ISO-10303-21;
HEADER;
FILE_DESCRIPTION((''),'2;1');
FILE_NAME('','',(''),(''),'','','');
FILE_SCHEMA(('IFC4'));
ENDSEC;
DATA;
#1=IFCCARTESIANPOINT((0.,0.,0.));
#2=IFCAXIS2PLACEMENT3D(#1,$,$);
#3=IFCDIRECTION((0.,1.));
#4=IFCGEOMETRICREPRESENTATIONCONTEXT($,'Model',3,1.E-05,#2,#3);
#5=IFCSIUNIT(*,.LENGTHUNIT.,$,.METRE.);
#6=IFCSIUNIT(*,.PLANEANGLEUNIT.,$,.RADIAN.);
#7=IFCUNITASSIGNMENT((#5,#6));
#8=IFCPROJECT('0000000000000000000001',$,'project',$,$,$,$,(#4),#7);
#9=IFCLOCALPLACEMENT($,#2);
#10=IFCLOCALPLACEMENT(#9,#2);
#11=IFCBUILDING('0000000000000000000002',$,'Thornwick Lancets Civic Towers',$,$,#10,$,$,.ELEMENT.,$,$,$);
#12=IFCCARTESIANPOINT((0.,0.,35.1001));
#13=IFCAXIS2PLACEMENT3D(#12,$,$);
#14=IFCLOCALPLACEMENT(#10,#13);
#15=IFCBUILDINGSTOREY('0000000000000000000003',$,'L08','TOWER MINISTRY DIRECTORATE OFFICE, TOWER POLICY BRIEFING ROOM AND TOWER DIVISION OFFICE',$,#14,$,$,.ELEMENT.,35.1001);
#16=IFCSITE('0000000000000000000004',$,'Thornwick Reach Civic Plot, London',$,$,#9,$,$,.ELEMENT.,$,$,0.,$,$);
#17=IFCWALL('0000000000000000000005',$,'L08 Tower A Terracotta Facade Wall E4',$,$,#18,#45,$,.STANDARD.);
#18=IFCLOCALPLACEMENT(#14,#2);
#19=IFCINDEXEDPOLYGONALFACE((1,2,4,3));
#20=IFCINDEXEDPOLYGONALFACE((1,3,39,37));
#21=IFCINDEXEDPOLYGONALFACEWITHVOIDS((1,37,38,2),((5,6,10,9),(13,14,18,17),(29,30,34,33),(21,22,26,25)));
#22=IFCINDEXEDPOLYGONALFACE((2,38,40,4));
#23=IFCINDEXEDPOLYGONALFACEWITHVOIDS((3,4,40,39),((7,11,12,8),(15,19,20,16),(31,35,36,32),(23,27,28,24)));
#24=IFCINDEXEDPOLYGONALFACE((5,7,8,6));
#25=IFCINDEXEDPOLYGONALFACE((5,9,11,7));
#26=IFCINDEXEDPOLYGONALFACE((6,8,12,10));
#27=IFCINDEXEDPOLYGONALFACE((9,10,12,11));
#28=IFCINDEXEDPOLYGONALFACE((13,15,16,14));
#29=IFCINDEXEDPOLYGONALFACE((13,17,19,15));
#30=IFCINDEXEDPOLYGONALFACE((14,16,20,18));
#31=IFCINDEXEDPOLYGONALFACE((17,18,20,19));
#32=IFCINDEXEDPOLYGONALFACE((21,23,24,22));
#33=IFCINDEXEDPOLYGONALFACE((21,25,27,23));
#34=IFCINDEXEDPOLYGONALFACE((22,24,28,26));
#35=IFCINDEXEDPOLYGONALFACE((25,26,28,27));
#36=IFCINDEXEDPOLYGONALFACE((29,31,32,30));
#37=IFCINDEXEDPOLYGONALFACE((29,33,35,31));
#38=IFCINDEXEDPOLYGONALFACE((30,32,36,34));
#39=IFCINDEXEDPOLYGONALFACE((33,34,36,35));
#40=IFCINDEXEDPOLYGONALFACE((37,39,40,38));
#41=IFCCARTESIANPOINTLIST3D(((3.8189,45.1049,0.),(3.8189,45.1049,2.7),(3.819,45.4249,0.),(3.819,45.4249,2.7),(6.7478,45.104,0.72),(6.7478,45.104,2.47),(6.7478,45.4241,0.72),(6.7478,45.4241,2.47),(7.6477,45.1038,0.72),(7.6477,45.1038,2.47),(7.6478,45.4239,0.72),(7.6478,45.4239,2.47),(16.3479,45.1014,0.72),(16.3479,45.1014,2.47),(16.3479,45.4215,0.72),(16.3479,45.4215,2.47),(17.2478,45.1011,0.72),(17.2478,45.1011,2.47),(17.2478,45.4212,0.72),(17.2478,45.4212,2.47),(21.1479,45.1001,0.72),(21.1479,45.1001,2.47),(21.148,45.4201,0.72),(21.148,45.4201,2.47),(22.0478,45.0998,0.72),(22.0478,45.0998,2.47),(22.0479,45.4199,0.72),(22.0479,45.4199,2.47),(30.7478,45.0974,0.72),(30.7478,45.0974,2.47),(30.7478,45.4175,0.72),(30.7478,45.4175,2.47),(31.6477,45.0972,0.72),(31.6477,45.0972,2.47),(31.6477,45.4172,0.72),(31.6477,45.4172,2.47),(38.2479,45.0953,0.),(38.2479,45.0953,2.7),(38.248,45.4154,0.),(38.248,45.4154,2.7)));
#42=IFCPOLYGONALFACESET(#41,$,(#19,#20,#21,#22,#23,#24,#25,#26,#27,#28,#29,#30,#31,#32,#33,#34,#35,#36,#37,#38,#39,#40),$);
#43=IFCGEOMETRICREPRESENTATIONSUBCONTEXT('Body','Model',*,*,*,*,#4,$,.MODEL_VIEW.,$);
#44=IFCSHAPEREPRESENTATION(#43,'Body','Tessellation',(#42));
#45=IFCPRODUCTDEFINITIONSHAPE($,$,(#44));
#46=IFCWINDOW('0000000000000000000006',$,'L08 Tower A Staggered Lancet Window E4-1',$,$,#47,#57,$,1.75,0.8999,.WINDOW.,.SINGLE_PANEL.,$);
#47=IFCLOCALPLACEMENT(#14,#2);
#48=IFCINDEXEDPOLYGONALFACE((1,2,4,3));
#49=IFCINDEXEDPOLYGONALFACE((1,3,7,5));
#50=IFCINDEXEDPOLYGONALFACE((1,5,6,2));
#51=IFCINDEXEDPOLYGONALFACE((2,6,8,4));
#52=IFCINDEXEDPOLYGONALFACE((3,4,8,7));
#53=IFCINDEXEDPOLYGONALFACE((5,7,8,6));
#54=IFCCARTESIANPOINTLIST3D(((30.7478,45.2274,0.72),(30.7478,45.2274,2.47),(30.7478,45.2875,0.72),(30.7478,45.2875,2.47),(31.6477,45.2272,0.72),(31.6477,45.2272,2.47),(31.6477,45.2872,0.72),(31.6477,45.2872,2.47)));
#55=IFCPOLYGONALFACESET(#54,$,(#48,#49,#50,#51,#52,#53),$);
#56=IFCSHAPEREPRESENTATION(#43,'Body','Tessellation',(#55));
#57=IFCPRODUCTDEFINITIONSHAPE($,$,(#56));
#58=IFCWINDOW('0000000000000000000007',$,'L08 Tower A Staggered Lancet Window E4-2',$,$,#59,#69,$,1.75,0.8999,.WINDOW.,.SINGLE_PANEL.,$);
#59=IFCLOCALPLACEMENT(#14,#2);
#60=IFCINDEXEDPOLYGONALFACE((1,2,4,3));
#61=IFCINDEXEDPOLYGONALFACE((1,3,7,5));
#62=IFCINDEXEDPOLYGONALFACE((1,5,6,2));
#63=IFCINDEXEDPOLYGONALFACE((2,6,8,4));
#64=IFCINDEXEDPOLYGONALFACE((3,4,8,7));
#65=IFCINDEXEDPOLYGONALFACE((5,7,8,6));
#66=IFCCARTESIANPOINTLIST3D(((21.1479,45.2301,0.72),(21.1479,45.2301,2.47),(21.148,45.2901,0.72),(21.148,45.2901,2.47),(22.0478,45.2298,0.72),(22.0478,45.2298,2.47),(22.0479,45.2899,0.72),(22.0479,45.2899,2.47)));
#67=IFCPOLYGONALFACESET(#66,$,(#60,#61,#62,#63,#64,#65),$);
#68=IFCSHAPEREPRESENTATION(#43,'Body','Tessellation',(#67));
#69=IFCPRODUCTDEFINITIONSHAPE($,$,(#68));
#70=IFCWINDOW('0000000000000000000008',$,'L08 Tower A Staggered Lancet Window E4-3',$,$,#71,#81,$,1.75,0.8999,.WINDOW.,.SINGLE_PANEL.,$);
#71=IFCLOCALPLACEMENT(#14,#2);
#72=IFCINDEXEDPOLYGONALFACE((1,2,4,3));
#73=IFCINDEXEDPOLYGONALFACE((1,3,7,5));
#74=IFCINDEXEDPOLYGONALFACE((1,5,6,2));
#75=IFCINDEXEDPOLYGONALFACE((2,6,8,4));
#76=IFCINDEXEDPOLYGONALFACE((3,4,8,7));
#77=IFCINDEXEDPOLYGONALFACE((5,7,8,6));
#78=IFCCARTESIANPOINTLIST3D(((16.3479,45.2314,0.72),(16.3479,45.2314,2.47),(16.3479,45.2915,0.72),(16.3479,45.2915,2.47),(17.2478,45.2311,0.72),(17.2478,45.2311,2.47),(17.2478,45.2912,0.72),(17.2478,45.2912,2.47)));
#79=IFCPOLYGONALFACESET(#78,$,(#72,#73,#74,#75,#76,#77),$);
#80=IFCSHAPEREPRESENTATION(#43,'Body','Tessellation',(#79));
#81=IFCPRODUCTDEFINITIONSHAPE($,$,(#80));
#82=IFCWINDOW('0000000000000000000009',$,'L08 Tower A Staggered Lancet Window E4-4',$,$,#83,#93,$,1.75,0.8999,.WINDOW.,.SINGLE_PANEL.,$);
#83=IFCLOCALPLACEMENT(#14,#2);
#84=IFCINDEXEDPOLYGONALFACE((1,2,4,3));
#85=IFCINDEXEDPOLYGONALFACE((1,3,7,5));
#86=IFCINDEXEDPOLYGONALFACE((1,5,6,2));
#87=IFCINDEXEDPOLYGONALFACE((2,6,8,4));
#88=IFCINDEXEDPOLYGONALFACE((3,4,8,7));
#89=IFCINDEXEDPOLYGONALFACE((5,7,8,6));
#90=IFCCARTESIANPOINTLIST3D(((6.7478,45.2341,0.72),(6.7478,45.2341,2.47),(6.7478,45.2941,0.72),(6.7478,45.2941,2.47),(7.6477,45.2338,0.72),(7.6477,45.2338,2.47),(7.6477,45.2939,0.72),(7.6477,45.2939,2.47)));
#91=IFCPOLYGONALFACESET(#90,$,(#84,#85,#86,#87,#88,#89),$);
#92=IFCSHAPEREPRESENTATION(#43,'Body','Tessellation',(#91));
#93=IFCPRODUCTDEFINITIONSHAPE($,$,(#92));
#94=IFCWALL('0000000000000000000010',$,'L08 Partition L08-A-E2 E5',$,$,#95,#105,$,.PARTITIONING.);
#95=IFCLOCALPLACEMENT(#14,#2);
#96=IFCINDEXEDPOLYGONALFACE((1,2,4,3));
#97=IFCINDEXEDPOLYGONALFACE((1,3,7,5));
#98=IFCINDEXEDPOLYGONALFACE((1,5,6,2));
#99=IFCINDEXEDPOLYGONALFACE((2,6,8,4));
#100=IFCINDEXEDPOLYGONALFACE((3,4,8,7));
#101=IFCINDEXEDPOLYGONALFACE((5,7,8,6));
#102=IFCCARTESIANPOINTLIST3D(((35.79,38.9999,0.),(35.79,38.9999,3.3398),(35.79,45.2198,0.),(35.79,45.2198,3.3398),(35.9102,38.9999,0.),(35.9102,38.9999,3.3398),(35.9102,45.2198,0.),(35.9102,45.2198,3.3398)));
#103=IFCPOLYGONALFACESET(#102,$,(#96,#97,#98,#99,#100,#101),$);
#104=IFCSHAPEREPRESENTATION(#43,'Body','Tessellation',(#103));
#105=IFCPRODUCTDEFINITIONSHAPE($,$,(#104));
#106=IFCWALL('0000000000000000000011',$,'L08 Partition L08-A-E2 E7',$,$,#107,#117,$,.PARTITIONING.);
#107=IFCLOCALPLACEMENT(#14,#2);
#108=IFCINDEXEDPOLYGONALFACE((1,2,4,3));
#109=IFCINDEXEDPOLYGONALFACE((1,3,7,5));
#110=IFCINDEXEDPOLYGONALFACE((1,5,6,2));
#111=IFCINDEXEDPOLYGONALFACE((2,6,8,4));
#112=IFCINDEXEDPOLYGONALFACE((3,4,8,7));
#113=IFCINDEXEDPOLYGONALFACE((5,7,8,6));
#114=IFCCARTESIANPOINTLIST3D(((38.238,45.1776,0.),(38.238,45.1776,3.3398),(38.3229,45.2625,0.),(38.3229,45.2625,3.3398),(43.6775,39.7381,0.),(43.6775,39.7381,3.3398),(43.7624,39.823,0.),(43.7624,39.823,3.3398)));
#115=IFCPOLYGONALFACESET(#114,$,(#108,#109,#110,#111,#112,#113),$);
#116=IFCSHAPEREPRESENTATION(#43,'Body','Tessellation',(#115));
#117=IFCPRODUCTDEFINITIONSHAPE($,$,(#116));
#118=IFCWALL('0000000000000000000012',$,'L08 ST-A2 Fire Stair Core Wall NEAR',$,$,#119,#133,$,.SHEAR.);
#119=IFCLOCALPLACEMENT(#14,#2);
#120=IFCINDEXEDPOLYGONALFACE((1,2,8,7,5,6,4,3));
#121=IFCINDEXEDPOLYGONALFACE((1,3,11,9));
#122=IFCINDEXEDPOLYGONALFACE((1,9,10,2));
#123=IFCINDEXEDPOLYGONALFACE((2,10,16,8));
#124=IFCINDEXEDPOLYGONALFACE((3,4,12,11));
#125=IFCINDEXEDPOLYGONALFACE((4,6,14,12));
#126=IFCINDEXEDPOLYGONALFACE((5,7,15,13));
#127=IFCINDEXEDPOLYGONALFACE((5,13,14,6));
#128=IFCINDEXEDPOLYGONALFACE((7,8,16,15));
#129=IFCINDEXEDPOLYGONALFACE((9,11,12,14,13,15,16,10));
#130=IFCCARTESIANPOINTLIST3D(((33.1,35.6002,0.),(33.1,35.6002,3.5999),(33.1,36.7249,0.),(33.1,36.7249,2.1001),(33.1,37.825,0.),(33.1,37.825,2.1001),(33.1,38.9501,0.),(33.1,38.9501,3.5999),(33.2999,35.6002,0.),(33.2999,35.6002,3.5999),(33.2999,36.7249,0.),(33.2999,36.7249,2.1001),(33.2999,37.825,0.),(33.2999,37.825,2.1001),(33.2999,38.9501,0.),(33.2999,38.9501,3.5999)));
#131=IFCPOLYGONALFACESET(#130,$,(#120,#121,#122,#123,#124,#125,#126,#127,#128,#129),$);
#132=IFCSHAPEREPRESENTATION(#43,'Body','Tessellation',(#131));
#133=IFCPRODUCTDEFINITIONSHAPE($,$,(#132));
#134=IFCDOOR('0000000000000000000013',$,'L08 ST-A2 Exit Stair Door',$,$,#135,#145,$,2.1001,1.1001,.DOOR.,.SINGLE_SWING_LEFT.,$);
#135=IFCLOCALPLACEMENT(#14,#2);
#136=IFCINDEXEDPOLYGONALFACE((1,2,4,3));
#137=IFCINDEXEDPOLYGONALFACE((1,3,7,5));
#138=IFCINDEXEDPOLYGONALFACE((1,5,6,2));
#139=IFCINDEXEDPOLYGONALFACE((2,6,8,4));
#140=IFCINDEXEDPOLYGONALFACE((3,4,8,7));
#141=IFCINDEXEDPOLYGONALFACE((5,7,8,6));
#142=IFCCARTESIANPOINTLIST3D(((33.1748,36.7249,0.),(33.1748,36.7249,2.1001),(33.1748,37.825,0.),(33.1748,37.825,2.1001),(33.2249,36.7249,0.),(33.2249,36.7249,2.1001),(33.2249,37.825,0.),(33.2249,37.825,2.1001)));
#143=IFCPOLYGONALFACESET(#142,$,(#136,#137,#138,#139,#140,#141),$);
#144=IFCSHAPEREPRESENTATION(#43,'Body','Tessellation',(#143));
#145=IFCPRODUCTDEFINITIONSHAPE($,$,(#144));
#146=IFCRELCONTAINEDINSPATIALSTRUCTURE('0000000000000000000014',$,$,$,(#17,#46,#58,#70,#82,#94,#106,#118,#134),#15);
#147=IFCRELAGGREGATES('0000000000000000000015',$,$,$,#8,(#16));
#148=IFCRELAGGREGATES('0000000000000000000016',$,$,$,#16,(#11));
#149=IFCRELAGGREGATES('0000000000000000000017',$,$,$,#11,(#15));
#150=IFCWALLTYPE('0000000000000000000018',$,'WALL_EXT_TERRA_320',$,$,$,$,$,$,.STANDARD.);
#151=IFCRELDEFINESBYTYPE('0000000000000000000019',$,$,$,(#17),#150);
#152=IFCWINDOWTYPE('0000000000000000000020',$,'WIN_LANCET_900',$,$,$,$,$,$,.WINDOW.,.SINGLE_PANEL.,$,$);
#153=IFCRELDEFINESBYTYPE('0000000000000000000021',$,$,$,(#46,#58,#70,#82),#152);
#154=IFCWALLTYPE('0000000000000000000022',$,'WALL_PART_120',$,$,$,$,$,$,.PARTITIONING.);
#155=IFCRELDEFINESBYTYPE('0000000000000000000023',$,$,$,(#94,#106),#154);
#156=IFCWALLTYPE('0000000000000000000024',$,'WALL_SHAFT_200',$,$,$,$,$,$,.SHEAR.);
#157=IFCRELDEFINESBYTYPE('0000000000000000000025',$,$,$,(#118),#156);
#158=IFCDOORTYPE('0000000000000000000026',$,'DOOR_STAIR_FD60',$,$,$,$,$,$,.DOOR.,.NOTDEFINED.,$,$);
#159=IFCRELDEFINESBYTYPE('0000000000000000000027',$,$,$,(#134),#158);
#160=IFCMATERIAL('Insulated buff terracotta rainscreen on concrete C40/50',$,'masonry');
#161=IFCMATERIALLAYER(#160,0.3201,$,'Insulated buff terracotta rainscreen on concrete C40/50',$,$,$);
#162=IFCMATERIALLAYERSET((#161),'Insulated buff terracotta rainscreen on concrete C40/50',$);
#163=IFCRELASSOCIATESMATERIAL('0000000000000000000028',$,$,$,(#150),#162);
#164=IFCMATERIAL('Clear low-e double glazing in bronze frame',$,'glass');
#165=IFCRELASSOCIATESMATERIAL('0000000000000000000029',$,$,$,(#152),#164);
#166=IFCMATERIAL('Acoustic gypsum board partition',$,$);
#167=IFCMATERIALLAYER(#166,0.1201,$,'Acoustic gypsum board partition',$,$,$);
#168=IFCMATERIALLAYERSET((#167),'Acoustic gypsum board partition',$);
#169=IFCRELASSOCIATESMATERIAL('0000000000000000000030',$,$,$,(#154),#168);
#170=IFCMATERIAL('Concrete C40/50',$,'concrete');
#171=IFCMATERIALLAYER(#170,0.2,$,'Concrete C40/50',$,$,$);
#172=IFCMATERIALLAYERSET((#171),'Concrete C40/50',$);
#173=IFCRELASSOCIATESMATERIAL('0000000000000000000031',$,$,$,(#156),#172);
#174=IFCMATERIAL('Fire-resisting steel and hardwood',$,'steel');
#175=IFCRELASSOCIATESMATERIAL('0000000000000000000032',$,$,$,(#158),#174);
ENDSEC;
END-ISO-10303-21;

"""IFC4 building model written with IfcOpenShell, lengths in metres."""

from ifc_helpers import new_model, si_unit, direction, frame, frame_2d, origin, place, context, subcontext, project, spatial, rectangle, extrude, material, layer, layer_set, type_object, element, fill, save


model = new_model("IFC4")

# Units and contexts
model_context = context("Model", 3, precision=1e-05, world=origin(), true_north=direction((0.0, 1.0)))
body_context = subcontext(model_context, "Body", "Model", "MODEL_VIEW")
ifc_project = project(units=[si_unit("LENGTHUNIT", "METRE"), si_unit("PLANEANGLEUNIT", "RADIAN")], contexts=[model_context])

# Site, building, storey
site_placement = place(None, origin())
site = spatial("IfcSite", under=ifc_project, at=site_placement, Name="Thornwick Reach Civic Plot, London", CompositionType="ELEMENT", RefElevation=0.0)
building_placement = place(site_placement, origin())
building = spatial("IfcBuilding", under=site, at=building_placement, Name="Thornwick Lancets Civic Towers", CompositionType="ELEMENT")
storey_placement = place(building_placement, frame((0.0, 0.0, 35.1001)))
storey = spatial("IfcBuildingStorey", under=building, at=storey_placement, Name="L08", Description="TOWER MINISTRY DIRECTORATE OFFICE, TOWER POLICY BRIEFING ROOM AND TOWER DIVISION OFFICE", CompositionType="ELEMENT", Elevation=35.1001)

# Wall, openings, windows
ifc_material_1 = material(Name="Insulated buff terracotta rainscreen on concrete C40/50", Category="masonry")
ifc_layer_1 = layer(ifc_material_1, 0.3201, Name="Insulated buff terracotta rainscreen on concrete C40/50")
ifc_layer_set_1 = layer_set([ifc_layer_1], Name="Insulated buff terracotta rainscreen on concrete C40/50")
wall_type_1 = type_object("IfcWallType", Name="WALL_EXT_TERRA_320", PredefinedType="STANDARD", material=ifc_layer_set_1)
wall_1_placement = place(storey_placement, frame((38.2478, 45.2554, 0.0), z_axis=(0.0, 0.0, 1.0), x_axis=(-1.0, 0.000277, 0.0)))
wall_1 = element("IfcWall", 1, at=wall_1_placement, inside=storey, type_object=wall_type_1, Name="L08 Tower A Terracotta Facade Wall E4", PredefinedType="STANDARD", context=body_context, shape_type="SweptSolid", body=[
    extrude(rectangle(XDim=34.429, YDim=0.3201, at=frame_2d((17.2144, 0.0))), origin(), (0.0, 0.0, 1.0), 2.7),
])
opening_1_placement = place(wall_1_placement, frame((6.6001, 0.0, 0.72)))
opening_1 = element("IfcOpeningElement", 2, at=opening_1_placement, cuts=wall_1, PredefinedType="OPENING", context=body_context, shape_type="SweptSolid", body=[
    extrude(rectangle(XDim=0.8999, YDim=1.75, at=frame_2d((0.45, 0.875))), frame((0.0, 0.1699, 0.0), z_axis=(0.0, -1.0, 0.0), x_axis=(1.0, 0.0, 0.0)), (0.0, 0.0, 1.0), 0.3401),
])
opening_2_placement = place(wall_1_placement, frame((16.2, 0.0, 0.72)))
opening_2 = element("IfcOpeningElement", 3, at=opening_2_placement, cuts=wall_1, PredefinedType="OPENING", context=body_context, shape_type="SweptSolid", body=[
    extrude(rectangle(XDim=0.8999, YDim=1.75, at=frame_2d((0.45, 0.875))), frame((0.0, 0.1699, 0.0), z_axis=(0.0, -1.0, 0.0), x_axis=(1.0, 0.0, 0.0)), (0.0, 0.0, 1.0), 0.3401),
])
opening_3_placement = place(wall_1_placement, frame((21.0, 0.0, 0.72)))
opening_3 = element("IfcOpeningElement", 4, at=opening_3_placement, cuts=wall_1, PredefinedType="OPENING", context=body_context, shape_type="SweptSolid", body=[
    extrude(rectangle(XDim=0.8999, YDim=1.75, at=frame_2d((0.45, 0.875))), frame((0.0, 0.1699, 0.0), z_axis=(0.0, -1.0, 0.0), x_axis=(1.0, 0.0, 0.0)), (0.0, 0.0, 1.0), 0.3401),
])
opening_4_placement = place(wall_1_placement, frame((30.6001, 0.0, 0.72)))
opening_4 = element("IfcOpeningElement", 5, at=opening_4_placement, cuts=wall_1, PredefinedType="OPENING", context=body_context, shape_type="SweptSolid", body=[
    extrude(rectangle(XDim=0.8999, YDim=1.75, at=frame_2d((0.45, 0.875))), frame((0.0, 0.1699, 0.0), z_axis=(0.0, -1.0, 0.0), x_axis=(1.0, 0.0, 0.0)), (0.0, 0.0, 1.0), 0.3401),
])
ifc_material_2 = material(Name="Clear low-e double glazing in bronze frame", Category="glass")
window_type = type_object("IfcWindowType", Name="WIN_LANCET_900", PartitioningType="SINGLE_PANEL", PredefinedType="WINDOW", material=ifc_material_2)
window_1_placement = place(opening_1_placement, origin())
window_1 = element("IfcWindow", 6, at=window_1_placement, inside=storey, type_object=window_type, Name="L08 Tower A Staggered Lancet Window E4-1", OverallHeight=1.75, OverallWidth=0.8999, PartitioningType="SINGLE_PANEL", PredefinedType="WINDOW", context=body_context, shape_type="SweptSolid", body=[
    extrude(rectangle(XDim=0.8999, YDim=1.75, at=frame_2d((0.45, 0.875))), frame((0.0, 0.03, 0.0), z_axis=(0.0, -1.0, 0.0), x_axis=(1.0, 0.0, 0.0)), (0.0, 0.0, 1.0), 0.0601),
])
fill(opening_1, window_1)
window_2_placement = place(opening_2_placement, origin())
window_2 = element("IfcWindow", 7, at=window_2_placement, inside=storey, type_object=window_type, Name="L08 Tower A Staggered Lancet Window E4-2", OverallHeight=1.75, OverallWidth=0.8999, PartitioningType="SINGLE_PANEL", PredefinedType="WINDOW", context=body_context, shape_type="SweptSolid", body=[
    extrude(rectangle(XDim=0.8999, YDim=1.75, at=frame_2d((0.45, 0.875))), frame((0.0, 0.03, 0.0), z_axis=(0.0, -1.0, 0.0), x_axis=(1.0, 0.0, 0.0)), (0.0, 0.0, 1.0), 0.0601),
])
fill(opening_2, window_2)
window_3_placement = place(opening_3_placement, origin())
window_3 = element("IfcWindow", 8, at=window_3_placement, inside=storey, type_object=window_type, Name="L08 Tower A Staggered Lancet Window E4-3", OverallHeight=1.75, OverallWidth=0.8999, PartitioningType="SINGLE_PANEL", PredefinedType="WINDOW", context=body_context, shape_type="SweptSolid", body=[
    extrude(rectangle(XDim=0.8999, YDim=1.75, at=frame_2d((0.45, 0.875))), frame((0.0, 0.03, 0.0), z_axis=(0.0, -1.0, 0.0), x_axis=(1.0, 0.0, 0.0)), (0.0, 0.0, 1.0), 0.0601),
])
fill(opening_3, window_3)
window_4_placement = place(opening_4_placement, origin())
window_4 = element("IfcWindow", 9, at=window_4_placement, inside=storey, type_object=window_type, Name="L08 Tower A Staggered Lancet Window E4-4", OverallHeight=1.75, OverallWidth=0.8999, PartitioningType="SINGLE_PANEL", PredefinedType="WINDOW", context=body_context, shape_type="SweptSolid", body=[
    extrude(rectangle(XDim=0.8999, YDim=1.75, at=frame_2d((0.45, 0.875))), frame((0.0, 0.03, 0.0), z_axis=(0.0, -1.0, 0.0), x_axis=(1.0, 0.0, 0.0)), (0.0, 0.0, 1.0), 0.0601),
])
fill(opening_4, window_4)

# Walls
ifc_material_3 = material(Name="Acoustic gypsum board partition")
ifc_layer_2 = layer(ifc_material_3, 0.1201, Name="Acoustic gypsum board partition")
ifc_layer_set_2 = layer_set([ifc_layer_2], Name="Acoustic gypsum board partition")
wall_type_2 = type_object("IfcWallType", Name="WALL_PART_120", PredefinedType="PARTITIONING", material=ifc_layer_set_2)
wall_2_placement = place(storey_placement, frame((35.8501, 39.0, 0.0), z_axis=(0.0, 0.0, 1.0), x_axis=(0.0, 1.0, 0.0)))
element("IfcWall", 10, at=wall_2_placement, inside=storey, type_object=wall_type_2, Name="L08 Partition L08-A-E2 E5", PredefinedType="PARTITIONING", context=body_context, shape_type="SweptSolid", body=[
    extrude(rectangle(XDim=6.22, YDim=0.1201, at=frame_2d((3.1099, 0.0))), origin(), (0.0, 0.0, 1.0), 3.3398),
])
wall_3_placement = place(storey_placement, frame((38.2805, 45.22, 0.0), z_axis=(0.0, 0.0, 1.0), x_axis=(0.707107, -0.707107, 0.0)))
element("IfcWall", 11, at=wall_3_placement, inside=storey, type_object=wall_type_2, Name="L08 Partition L08-A-E2 E7", PredefinedType="PARTITIONING", context=body_context, shape_type="SweptSolid", body=[
    extrude(rectangle(XDim=7.6926, YDim=0.1201, at=frame_2d((3.8462, 0.0))), origin(), (0.0, 0.0, 1.0), 3.3398),
])

# Wall, opening, door
ifc_material_4 = material(Name="Concrete C40/50", Category="concrete")
ifc_layer_3 = layer(ifc_material_4, 0.2, Name="Concrete C40/50")
ifc_layer_set_3 = layer_set([ifc_layer_3], Name="Concrete C40/50")
wall_type_3 = type_object("IfcWallType", Name="WALL_SHAFT_200", PredefinedType="SHEAR", material=ifc_layer_set_3)
wall_4_placement = place(storey_placement, frame((33.2, 38.95, 0.0), z_axis=(0.0, 0.0, 1.0), x_axis=(0.0, -1.0, 0.0)))
wall_4 = element("IfcWall", 12, at=wall_4_placement, inside=storey, type_object=wall_type_3, Name="L08 ST-A2 Fire Stair Core Wall NEAR", PredefinedType="SHEAR", context=body_context, shape_type="SweptSolid", body=[
    extrude(rectangle(XDim=3.3499, YDim=0.2, at=frame_2d((1.6748, 0.0))), origin(), (0.0, 0.0, 1.0), 3.5999),
])
opening_5_placement = place(wall_4_placement, frame((1.125, 0.0, 0.0)))
opening_5 = element("IfcOpeningElement", 13, at=opening_5_placement, cuts=wall_4, PredefinedType="OPENING", context=body_context, shape_type="SweptSolid", body=[
    extrude(rectangle(XDim=1.1001, YDim=2.1001, at=frame_2d((0.55, 1.05))), frame((0.0, 0.1099, 0.0), z_axis=(0.0, -1.0, 0.0), x_axis=(1.0, 0.0, 0.0)), (0.0, 0.0, 1.0), 0.22),
])
ifc_material_5 = material(Name="Fire-resisting steel and hardwood", Category="steel")
door_type = type_object("IfcDoorType", Name="DOOR_STAIR_FD60", OperationType="NOTDEFINED", PredefinedType="DOOR", material=ifc_material_5)
door_placement = place(opening_5_placement, origin())
door = element("IfcDoor", 14, at=door_placement, inside=storey, type_object=door_type, Name="L08 ST-A2 Exit Stair Door", OperationType="SINGLE_SWING_LEFT", OverallHeight=2.1001, OverallWidth=1.1001, PredefinedType="DOOR", context=body_context, shape_type="SweptSolid", body=[
    extrude(rectangle(XDim=1.1001, YDim=2.1001, at=frame_2d((0.55, 1.05))), frame((0.0, 0.0249, 0.0), z_axis=(0.0, -1.0, 0.0), x_axis=(1.0, 0.0, 0.0)), (0.0, 0.0, 1.0), 0.05),
])
fill(opening_5, door)

save(model, "model.ifc")
